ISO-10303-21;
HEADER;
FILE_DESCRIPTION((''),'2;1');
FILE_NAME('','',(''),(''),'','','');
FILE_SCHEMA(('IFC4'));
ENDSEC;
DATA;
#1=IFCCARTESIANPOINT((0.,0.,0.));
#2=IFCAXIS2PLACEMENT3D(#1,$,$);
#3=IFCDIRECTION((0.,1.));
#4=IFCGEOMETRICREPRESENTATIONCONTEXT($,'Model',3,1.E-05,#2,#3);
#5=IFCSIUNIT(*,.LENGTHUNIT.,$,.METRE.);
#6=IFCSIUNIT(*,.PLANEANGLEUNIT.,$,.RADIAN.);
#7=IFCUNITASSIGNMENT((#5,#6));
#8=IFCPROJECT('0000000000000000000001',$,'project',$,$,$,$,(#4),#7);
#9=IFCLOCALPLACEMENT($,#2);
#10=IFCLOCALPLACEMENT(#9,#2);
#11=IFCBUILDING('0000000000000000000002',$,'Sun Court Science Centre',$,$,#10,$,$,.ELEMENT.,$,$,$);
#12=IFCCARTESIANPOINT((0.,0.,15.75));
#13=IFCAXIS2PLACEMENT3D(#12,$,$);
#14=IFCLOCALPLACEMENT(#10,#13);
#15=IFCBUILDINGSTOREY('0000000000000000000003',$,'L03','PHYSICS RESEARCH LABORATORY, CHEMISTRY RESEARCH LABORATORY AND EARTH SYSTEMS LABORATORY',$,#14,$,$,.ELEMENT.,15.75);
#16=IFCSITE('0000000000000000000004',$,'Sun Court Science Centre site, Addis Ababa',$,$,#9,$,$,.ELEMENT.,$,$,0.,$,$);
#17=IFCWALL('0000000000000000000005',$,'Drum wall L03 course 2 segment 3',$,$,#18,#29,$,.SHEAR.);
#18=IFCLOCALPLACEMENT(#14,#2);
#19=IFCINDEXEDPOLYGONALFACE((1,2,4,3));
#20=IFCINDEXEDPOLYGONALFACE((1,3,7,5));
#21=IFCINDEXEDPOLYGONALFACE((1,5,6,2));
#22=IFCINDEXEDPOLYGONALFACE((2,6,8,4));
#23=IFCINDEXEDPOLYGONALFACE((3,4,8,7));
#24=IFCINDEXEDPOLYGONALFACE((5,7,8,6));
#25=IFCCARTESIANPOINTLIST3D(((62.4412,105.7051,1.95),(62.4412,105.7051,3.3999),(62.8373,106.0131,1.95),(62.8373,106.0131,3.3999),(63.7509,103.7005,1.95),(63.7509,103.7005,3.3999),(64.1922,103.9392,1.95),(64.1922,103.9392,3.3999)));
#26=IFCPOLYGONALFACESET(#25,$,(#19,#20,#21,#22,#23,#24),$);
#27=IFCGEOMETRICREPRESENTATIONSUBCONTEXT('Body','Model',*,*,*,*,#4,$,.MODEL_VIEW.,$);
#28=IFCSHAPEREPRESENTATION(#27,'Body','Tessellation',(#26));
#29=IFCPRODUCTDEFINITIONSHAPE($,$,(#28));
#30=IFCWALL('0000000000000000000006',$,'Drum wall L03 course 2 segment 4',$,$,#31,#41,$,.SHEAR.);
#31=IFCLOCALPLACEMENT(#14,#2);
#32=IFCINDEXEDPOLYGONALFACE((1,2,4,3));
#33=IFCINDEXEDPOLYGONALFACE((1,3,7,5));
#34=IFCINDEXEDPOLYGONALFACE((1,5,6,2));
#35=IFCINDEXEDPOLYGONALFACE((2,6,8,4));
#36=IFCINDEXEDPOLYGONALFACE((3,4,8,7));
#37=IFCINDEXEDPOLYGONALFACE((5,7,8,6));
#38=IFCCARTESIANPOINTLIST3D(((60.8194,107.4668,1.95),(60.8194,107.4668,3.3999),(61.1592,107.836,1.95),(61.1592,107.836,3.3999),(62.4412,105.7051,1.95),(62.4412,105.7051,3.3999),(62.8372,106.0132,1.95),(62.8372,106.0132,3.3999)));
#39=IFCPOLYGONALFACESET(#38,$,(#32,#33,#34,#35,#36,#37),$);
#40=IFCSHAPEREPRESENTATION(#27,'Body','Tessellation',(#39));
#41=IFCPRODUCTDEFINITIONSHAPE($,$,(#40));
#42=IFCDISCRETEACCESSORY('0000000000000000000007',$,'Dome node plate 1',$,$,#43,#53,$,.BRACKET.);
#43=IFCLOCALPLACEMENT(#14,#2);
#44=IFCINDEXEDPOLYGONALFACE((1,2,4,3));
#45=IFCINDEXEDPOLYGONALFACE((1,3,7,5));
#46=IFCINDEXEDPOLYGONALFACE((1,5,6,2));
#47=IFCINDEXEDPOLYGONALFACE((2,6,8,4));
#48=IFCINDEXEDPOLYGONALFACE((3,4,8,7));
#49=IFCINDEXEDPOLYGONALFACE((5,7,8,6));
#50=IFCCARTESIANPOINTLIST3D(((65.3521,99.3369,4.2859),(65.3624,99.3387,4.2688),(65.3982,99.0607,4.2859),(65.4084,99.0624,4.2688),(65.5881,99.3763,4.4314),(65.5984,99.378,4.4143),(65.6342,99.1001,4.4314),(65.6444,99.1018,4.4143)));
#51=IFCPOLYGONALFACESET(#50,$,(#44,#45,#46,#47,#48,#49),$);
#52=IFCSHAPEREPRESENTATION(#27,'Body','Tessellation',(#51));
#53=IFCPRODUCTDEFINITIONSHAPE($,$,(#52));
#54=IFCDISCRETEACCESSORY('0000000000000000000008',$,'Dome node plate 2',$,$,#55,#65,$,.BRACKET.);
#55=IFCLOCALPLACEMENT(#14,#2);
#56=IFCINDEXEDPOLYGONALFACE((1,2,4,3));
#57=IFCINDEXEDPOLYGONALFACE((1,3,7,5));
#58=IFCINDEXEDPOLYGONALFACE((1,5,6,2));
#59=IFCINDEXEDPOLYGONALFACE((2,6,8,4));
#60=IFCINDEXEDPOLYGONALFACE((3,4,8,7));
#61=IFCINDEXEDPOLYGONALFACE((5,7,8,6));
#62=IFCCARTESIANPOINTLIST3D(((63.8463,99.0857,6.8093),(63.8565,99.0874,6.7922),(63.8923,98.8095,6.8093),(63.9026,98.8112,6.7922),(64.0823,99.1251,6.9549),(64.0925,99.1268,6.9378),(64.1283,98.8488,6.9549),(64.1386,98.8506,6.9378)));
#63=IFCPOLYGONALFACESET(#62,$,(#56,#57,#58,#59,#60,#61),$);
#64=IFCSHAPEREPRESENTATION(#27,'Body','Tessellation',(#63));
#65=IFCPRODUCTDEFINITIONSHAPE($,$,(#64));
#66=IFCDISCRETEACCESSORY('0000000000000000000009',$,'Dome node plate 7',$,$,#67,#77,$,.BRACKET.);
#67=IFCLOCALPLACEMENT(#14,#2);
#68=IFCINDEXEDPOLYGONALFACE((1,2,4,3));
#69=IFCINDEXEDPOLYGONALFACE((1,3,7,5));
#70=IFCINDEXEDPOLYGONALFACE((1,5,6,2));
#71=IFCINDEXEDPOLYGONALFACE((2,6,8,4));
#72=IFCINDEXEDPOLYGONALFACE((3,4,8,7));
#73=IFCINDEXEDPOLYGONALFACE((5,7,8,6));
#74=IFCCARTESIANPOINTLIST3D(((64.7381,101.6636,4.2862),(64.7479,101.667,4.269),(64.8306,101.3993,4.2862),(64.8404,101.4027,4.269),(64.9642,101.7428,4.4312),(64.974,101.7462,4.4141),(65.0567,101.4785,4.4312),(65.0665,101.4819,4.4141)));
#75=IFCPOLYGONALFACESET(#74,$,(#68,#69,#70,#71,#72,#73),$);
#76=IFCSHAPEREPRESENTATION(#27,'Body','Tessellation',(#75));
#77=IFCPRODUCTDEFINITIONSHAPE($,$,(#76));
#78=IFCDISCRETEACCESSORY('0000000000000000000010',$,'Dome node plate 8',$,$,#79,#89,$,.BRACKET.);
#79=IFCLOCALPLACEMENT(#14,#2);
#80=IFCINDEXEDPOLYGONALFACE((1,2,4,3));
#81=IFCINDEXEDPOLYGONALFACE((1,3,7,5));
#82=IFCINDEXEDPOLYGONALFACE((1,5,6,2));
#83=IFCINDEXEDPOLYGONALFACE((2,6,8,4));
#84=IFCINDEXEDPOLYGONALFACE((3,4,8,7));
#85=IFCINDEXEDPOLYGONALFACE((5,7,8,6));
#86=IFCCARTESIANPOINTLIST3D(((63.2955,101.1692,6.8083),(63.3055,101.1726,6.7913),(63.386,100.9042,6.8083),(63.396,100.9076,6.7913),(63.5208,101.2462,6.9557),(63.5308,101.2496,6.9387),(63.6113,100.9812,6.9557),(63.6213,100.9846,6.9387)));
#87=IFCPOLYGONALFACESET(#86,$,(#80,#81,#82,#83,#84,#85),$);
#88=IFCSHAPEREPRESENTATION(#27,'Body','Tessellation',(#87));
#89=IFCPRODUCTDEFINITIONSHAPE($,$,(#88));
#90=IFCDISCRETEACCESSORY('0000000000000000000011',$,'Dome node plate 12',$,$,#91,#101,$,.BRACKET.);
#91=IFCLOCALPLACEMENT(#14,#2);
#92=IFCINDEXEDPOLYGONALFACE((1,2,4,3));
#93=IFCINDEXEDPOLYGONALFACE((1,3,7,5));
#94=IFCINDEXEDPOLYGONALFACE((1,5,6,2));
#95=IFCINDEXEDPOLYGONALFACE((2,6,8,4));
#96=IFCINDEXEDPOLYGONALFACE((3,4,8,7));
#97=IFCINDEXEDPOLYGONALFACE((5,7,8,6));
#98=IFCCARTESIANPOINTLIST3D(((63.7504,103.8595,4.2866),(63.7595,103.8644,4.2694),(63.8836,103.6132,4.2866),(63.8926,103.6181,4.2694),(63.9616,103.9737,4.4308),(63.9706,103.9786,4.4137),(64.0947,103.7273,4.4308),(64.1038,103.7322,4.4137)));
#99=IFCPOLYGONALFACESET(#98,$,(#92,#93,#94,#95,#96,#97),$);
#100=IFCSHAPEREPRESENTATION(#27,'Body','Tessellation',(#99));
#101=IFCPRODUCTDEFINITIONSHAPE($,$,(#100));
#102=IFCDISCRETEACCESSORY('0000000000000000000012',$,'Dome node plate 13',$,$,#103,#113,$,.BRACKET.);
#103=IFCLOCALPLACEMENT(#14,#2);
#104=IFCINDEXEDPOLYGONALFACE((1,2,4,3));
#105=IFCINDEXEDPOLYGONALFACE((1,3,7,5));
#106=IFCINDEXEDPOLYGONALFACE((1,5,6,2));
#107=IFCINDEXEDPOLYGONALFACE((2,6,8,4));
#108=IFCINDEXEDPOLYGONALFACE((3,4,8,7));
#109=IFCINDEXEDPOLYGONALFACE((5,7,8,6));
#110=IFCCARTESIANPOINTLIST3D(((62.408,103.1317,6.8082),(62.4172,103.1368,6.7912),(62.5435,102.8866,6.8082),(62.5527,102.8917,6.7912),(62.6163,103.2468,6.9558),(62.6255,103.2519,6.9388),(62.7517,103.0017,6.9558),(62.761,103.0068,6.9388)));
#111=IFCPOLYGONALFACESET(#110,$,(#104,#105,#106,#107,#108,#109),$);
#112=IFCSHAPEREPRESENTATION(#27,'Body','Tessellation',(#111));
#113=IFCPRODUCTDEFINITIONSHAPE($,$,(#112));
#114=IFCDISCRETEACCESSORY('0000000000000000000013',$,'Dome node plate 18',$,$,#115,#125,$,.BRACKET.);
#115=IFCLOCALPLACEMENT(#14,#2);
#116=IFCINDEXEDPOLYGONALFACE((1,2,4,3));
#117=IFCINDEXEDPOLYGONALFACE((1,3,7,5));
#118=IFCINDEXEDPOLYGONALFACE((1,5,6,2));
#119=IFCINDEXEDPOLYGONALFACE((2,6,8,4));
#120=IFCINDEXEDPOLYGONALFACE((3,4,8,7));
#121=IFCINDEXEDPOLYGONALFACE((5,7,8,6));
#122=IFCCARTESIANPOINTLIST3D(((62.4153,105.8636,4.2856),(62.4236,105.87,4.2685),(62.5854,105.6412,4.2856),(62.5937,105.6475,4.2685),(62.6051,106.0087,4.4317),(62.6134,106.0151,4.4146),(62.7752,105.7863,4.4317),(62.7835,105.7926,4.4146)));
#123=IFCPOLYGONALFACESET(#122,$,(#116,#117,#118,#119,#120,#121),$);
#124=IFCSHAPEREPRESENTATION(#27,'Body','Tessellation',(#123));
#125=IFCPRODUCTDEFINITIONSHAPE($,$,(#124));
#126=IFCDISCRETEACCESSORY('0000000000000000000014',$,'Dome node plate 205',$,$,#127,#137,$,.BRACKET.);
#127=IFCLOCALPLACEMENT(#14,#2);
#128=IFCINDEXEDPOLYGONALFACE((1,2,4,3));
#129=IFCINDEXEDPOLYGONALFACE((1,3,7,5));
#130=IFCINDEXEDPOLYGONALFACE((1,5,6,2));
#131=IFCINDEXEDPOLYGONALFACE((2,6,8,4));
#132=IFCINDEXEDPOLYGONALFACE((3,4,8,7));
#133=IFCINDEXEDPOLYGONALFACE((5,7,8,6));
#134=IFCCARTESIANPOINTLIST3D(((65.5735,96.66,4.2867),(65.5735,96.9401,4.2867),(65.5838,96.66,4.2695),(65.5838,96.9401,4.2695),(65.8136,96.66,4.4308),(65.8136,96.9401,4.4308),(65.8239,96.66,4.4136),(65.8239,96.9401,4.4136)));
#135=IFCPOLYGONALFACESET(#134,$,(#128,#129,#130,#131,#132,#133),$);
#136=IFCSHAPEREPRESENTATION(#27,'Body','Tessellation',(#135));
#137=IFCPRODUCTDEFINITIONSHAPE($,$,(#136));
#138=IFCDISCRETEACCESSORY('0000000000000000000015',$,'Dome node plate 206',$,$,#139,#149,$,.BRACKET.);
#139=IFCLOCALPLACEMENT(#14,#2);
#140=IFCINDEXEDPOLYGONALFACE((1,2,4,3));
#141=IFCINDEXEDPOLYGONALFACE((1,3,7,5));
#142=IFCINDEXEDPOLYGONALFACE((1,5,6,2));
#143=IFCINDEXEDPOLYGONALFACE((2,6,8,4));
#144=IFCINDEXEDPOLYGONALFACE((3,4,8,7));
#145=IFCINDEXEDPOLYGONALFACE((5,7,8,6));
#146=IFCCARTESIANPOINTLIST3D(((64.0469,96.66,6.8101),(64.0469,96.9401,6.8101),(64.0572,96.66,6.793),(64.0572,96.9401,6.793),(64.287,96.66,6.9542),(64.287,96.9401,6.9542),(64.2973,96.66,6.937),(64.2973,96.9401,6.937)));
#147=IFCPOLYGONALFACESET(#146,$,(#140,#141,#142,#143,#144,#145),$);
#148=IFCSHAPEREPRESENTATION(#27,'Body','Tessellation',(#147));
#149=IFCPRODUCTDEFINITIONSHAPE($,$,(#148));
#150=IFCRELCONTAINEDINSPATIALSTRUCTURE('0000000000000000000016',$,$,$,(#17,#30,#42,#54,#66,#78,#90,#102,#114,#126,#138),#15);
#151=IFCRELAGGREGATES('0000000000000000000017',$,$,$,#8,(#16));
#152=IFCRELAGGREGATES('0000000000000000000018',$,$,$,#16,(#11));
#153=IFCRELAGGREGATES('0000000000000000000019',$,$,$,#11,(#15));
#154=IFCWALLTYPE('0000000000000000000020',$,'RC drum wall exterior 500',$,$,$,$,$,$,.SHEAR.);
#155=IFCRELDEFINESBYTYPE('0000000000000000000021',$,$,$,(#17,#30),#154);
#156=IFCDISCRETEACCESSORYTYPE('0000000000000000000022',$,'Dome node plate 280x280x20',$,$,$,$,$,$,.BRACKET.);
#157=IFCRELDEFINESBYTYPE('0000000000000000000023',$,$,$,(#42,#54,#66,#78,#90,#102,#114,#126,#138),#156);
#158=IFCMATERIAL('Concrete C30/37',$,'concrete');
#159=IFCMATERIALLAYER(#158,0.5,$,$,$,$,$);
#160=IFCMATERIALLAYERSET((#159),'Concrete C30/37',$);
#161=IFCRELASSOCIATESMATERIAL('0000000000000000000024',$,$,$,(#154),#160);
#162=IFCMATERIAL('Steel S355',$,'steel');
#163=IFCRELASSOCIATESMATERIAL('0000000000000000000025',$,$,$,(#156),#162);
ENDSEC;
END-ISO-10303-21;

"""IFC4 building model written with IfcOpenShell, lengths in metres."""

from ifc_helpers import new_model, si_unit, direction, frame, origin, origin_2d, place, context, subcontext, project, spatial, polyline, rectangle, outline, extrude, material, layer, layer_set, material_profile, profile_set, type_object, element, save


model = new_model("IFC4")

# Units and contexts
model_context = context("Model", 3, precision=1e-05, world=origin(), true_north=direction((0.0, 1.0)))
body_context = subcontext(model_context, "Body", "Model", "MODEL_VIEW")
ifc_project = project(units=[si_unit("LENGTHUNIT", "METRE"), si_unit("PLANEANGLEUNIT", "RADIAN")], contexts=[model_context])

# Site, building, storey
site_placement = place(None, origin())
site = spatial("IfcSite", under=ifc_project, at=site_placement, Name="Sun Court Science Centre site, Addis Ababa", CompositionType="ELEMENT", RefElevation=0.0)
building_placement = place(site_placement, origin())
building = spatial("IfcBuilding", under=site, at=building_placement, Name="Sun Court Science Centre", CompositionType="ELEMENT")
storey_placement = place(building_placement, frame((0.0, 0.0, 15.75)))
storey = spatial("IfcBuildingStorey", under=building, at=storey_placement, Name="L03", Description="PHYSICS RESEARCH LABORATORY, CHEMISTRY RESEARCH LABORATORY AND EARTH SYSTEMS LABORATORY", CompositionType="ELEMENT", Elevation=15.75)

# Walls
ifc_material_1 = material(Name="Concrete C30/37", Category="concrete")
ifc_layer_1 = layer(ifc_material_1, 0.5)
ifc_layer_set_1 = layer_set([ifc_layer_1], Name="Concrete C30/37")
wall_type_1 = type_object("IfcWallType", Name="RC drum wall exterior 500", PredefinedType="SHEAR", material=ifc_layer_set_1)
wall_1_placement = place(storey_placement, frame((63.9829, 103.8025, 1.95), z_axis=(0.0, 0.0, 1.0), x_axis=(-0.546944, 0.837169, 0.0)))
element("IfcWall", 1, at=wall_1_placement, inside=storey, type_object=wall_type_1, Name="Drum wall L03 course 2 segment 3", PredefinedType="SHEAR", context=body_context, shape_type="SweptSolid", body=[
    extrude(outline(polyline([(0.0, -0.25), (2.4773, -0.25), (2.436, 0.25), (0.0415, 0.25), (0.0, -0.25)])), origin(), (0.0, 0.0, 1.0), 1.45),
])
wall_2_placement = place(storey_placement, frame((62.6531, 105.8438, 1.95), z_axis=(0.0, 0.0, 1.0), x_axis=(-0.677232, 0.73577, 0.0)))
element("IfcWall", 2, at=wall_2_placement, inside=storey, type_object=wall_type_1, Name="Drum wall L03 course 2 segment 4", PredefinedType="SHEAR", context=body_context, shape_type="SweptSolid", body=[
    extrude(outline(polyline([(0.0, -0.2502), (2.4775, -0.25), (2.436, 0.25), (0.0415, 0.2498), (0.0, -0.2502)])), origin(), (0.0, 0.0, 1.0), 1.45),
])

# Discrete accessories
ifc_material_2 = material(Name="Steel S355", Category="steel")
ifc_material_profile_1 = material_profile(ifc_material_2, rectangle(XDim=0.28, YDim=0.28, at=origin_2d()), Name="PL 280x280")
ifc_profile_set_1 = profile_set([ifc_material_profile_1], Name="Steel S355")
discrete_accessory_type = type_object("IfcDiscreteAccessoryType", Name="Dome node plate 280x280x20", PredefinedType="BRACKET", material=ifc_profile_set_1)
for number, where, z_axis, x_axis, name in (
    (3, (65.5034, 99.2202, 4.3416), (-0.512615, -0.085436, 0.854358), (0.164399, -0.986394, 0.0), "Dome node plate 1"),
    (4, (63.9976, 98.969, 6.865), (-0.512615, -0.085436, 0.854358), (0.164399, -0.986394, 0.0), "Dome node plate 2"),
    (5, (64.9072, 101.5745, 4.3416), (-0.488824, -0.171088, 0.855442), (0.33035, -0.943858, 0.0), "Dome node plate 7"),
    (6, (63.4634, 101.0786, 6.865), (-0.498041, -0.170063, 0.850314), (0.323144, -0.94635, 0.0), "Dome node plate 8"),
    (7, (63.9316, 103.7983, 4.3416), (-0.453076, -0.244906, 0.857171), (0.475517, -0.879707, 0.0), "Dome node plate 12"),
    (8, (62.5891, 103.0718, 6.865), (-0.461327, -0.254944, 0.849812), (0.483686, -0.875242, 0.0), "Dome node plate 13"),
    (9, (62.6035, 105.8313, 4.3416), (-0.414388, -0.316885, 0.853151), (0.60745, -0.794358, 0.0), "Dome node plate 18"),
    (10, (65.7039, 96.8, 4.3416), (-0.514496, 0.0, 0.857493), (0.0, -1.0, 0.0), "Dome node plate 205"),
    (11, (64.1772, 96.8, 6.865), (-0.514496, 0.0, 0.857493), (0.0, -1.0, 0.0), "Dome node plate 206"),
):
    element("IfcDiscreteAccessory", number, at=place(storey_placement, frame(where, z_axis=z_axis, x_axis=x_axis)), inside=storey, type_object=discrete_accessory_type, Name=name, PredefinedType="BRACKET", context=body_context, shape_type="SweptSolid", body=[
        extrude(rectangle(XDim=0.28, YDim=0.28, at=origin_2d()), origin(), (0.0, 0.0, 1.0), 0.02),
    ])

save(model, "model.ifc")
